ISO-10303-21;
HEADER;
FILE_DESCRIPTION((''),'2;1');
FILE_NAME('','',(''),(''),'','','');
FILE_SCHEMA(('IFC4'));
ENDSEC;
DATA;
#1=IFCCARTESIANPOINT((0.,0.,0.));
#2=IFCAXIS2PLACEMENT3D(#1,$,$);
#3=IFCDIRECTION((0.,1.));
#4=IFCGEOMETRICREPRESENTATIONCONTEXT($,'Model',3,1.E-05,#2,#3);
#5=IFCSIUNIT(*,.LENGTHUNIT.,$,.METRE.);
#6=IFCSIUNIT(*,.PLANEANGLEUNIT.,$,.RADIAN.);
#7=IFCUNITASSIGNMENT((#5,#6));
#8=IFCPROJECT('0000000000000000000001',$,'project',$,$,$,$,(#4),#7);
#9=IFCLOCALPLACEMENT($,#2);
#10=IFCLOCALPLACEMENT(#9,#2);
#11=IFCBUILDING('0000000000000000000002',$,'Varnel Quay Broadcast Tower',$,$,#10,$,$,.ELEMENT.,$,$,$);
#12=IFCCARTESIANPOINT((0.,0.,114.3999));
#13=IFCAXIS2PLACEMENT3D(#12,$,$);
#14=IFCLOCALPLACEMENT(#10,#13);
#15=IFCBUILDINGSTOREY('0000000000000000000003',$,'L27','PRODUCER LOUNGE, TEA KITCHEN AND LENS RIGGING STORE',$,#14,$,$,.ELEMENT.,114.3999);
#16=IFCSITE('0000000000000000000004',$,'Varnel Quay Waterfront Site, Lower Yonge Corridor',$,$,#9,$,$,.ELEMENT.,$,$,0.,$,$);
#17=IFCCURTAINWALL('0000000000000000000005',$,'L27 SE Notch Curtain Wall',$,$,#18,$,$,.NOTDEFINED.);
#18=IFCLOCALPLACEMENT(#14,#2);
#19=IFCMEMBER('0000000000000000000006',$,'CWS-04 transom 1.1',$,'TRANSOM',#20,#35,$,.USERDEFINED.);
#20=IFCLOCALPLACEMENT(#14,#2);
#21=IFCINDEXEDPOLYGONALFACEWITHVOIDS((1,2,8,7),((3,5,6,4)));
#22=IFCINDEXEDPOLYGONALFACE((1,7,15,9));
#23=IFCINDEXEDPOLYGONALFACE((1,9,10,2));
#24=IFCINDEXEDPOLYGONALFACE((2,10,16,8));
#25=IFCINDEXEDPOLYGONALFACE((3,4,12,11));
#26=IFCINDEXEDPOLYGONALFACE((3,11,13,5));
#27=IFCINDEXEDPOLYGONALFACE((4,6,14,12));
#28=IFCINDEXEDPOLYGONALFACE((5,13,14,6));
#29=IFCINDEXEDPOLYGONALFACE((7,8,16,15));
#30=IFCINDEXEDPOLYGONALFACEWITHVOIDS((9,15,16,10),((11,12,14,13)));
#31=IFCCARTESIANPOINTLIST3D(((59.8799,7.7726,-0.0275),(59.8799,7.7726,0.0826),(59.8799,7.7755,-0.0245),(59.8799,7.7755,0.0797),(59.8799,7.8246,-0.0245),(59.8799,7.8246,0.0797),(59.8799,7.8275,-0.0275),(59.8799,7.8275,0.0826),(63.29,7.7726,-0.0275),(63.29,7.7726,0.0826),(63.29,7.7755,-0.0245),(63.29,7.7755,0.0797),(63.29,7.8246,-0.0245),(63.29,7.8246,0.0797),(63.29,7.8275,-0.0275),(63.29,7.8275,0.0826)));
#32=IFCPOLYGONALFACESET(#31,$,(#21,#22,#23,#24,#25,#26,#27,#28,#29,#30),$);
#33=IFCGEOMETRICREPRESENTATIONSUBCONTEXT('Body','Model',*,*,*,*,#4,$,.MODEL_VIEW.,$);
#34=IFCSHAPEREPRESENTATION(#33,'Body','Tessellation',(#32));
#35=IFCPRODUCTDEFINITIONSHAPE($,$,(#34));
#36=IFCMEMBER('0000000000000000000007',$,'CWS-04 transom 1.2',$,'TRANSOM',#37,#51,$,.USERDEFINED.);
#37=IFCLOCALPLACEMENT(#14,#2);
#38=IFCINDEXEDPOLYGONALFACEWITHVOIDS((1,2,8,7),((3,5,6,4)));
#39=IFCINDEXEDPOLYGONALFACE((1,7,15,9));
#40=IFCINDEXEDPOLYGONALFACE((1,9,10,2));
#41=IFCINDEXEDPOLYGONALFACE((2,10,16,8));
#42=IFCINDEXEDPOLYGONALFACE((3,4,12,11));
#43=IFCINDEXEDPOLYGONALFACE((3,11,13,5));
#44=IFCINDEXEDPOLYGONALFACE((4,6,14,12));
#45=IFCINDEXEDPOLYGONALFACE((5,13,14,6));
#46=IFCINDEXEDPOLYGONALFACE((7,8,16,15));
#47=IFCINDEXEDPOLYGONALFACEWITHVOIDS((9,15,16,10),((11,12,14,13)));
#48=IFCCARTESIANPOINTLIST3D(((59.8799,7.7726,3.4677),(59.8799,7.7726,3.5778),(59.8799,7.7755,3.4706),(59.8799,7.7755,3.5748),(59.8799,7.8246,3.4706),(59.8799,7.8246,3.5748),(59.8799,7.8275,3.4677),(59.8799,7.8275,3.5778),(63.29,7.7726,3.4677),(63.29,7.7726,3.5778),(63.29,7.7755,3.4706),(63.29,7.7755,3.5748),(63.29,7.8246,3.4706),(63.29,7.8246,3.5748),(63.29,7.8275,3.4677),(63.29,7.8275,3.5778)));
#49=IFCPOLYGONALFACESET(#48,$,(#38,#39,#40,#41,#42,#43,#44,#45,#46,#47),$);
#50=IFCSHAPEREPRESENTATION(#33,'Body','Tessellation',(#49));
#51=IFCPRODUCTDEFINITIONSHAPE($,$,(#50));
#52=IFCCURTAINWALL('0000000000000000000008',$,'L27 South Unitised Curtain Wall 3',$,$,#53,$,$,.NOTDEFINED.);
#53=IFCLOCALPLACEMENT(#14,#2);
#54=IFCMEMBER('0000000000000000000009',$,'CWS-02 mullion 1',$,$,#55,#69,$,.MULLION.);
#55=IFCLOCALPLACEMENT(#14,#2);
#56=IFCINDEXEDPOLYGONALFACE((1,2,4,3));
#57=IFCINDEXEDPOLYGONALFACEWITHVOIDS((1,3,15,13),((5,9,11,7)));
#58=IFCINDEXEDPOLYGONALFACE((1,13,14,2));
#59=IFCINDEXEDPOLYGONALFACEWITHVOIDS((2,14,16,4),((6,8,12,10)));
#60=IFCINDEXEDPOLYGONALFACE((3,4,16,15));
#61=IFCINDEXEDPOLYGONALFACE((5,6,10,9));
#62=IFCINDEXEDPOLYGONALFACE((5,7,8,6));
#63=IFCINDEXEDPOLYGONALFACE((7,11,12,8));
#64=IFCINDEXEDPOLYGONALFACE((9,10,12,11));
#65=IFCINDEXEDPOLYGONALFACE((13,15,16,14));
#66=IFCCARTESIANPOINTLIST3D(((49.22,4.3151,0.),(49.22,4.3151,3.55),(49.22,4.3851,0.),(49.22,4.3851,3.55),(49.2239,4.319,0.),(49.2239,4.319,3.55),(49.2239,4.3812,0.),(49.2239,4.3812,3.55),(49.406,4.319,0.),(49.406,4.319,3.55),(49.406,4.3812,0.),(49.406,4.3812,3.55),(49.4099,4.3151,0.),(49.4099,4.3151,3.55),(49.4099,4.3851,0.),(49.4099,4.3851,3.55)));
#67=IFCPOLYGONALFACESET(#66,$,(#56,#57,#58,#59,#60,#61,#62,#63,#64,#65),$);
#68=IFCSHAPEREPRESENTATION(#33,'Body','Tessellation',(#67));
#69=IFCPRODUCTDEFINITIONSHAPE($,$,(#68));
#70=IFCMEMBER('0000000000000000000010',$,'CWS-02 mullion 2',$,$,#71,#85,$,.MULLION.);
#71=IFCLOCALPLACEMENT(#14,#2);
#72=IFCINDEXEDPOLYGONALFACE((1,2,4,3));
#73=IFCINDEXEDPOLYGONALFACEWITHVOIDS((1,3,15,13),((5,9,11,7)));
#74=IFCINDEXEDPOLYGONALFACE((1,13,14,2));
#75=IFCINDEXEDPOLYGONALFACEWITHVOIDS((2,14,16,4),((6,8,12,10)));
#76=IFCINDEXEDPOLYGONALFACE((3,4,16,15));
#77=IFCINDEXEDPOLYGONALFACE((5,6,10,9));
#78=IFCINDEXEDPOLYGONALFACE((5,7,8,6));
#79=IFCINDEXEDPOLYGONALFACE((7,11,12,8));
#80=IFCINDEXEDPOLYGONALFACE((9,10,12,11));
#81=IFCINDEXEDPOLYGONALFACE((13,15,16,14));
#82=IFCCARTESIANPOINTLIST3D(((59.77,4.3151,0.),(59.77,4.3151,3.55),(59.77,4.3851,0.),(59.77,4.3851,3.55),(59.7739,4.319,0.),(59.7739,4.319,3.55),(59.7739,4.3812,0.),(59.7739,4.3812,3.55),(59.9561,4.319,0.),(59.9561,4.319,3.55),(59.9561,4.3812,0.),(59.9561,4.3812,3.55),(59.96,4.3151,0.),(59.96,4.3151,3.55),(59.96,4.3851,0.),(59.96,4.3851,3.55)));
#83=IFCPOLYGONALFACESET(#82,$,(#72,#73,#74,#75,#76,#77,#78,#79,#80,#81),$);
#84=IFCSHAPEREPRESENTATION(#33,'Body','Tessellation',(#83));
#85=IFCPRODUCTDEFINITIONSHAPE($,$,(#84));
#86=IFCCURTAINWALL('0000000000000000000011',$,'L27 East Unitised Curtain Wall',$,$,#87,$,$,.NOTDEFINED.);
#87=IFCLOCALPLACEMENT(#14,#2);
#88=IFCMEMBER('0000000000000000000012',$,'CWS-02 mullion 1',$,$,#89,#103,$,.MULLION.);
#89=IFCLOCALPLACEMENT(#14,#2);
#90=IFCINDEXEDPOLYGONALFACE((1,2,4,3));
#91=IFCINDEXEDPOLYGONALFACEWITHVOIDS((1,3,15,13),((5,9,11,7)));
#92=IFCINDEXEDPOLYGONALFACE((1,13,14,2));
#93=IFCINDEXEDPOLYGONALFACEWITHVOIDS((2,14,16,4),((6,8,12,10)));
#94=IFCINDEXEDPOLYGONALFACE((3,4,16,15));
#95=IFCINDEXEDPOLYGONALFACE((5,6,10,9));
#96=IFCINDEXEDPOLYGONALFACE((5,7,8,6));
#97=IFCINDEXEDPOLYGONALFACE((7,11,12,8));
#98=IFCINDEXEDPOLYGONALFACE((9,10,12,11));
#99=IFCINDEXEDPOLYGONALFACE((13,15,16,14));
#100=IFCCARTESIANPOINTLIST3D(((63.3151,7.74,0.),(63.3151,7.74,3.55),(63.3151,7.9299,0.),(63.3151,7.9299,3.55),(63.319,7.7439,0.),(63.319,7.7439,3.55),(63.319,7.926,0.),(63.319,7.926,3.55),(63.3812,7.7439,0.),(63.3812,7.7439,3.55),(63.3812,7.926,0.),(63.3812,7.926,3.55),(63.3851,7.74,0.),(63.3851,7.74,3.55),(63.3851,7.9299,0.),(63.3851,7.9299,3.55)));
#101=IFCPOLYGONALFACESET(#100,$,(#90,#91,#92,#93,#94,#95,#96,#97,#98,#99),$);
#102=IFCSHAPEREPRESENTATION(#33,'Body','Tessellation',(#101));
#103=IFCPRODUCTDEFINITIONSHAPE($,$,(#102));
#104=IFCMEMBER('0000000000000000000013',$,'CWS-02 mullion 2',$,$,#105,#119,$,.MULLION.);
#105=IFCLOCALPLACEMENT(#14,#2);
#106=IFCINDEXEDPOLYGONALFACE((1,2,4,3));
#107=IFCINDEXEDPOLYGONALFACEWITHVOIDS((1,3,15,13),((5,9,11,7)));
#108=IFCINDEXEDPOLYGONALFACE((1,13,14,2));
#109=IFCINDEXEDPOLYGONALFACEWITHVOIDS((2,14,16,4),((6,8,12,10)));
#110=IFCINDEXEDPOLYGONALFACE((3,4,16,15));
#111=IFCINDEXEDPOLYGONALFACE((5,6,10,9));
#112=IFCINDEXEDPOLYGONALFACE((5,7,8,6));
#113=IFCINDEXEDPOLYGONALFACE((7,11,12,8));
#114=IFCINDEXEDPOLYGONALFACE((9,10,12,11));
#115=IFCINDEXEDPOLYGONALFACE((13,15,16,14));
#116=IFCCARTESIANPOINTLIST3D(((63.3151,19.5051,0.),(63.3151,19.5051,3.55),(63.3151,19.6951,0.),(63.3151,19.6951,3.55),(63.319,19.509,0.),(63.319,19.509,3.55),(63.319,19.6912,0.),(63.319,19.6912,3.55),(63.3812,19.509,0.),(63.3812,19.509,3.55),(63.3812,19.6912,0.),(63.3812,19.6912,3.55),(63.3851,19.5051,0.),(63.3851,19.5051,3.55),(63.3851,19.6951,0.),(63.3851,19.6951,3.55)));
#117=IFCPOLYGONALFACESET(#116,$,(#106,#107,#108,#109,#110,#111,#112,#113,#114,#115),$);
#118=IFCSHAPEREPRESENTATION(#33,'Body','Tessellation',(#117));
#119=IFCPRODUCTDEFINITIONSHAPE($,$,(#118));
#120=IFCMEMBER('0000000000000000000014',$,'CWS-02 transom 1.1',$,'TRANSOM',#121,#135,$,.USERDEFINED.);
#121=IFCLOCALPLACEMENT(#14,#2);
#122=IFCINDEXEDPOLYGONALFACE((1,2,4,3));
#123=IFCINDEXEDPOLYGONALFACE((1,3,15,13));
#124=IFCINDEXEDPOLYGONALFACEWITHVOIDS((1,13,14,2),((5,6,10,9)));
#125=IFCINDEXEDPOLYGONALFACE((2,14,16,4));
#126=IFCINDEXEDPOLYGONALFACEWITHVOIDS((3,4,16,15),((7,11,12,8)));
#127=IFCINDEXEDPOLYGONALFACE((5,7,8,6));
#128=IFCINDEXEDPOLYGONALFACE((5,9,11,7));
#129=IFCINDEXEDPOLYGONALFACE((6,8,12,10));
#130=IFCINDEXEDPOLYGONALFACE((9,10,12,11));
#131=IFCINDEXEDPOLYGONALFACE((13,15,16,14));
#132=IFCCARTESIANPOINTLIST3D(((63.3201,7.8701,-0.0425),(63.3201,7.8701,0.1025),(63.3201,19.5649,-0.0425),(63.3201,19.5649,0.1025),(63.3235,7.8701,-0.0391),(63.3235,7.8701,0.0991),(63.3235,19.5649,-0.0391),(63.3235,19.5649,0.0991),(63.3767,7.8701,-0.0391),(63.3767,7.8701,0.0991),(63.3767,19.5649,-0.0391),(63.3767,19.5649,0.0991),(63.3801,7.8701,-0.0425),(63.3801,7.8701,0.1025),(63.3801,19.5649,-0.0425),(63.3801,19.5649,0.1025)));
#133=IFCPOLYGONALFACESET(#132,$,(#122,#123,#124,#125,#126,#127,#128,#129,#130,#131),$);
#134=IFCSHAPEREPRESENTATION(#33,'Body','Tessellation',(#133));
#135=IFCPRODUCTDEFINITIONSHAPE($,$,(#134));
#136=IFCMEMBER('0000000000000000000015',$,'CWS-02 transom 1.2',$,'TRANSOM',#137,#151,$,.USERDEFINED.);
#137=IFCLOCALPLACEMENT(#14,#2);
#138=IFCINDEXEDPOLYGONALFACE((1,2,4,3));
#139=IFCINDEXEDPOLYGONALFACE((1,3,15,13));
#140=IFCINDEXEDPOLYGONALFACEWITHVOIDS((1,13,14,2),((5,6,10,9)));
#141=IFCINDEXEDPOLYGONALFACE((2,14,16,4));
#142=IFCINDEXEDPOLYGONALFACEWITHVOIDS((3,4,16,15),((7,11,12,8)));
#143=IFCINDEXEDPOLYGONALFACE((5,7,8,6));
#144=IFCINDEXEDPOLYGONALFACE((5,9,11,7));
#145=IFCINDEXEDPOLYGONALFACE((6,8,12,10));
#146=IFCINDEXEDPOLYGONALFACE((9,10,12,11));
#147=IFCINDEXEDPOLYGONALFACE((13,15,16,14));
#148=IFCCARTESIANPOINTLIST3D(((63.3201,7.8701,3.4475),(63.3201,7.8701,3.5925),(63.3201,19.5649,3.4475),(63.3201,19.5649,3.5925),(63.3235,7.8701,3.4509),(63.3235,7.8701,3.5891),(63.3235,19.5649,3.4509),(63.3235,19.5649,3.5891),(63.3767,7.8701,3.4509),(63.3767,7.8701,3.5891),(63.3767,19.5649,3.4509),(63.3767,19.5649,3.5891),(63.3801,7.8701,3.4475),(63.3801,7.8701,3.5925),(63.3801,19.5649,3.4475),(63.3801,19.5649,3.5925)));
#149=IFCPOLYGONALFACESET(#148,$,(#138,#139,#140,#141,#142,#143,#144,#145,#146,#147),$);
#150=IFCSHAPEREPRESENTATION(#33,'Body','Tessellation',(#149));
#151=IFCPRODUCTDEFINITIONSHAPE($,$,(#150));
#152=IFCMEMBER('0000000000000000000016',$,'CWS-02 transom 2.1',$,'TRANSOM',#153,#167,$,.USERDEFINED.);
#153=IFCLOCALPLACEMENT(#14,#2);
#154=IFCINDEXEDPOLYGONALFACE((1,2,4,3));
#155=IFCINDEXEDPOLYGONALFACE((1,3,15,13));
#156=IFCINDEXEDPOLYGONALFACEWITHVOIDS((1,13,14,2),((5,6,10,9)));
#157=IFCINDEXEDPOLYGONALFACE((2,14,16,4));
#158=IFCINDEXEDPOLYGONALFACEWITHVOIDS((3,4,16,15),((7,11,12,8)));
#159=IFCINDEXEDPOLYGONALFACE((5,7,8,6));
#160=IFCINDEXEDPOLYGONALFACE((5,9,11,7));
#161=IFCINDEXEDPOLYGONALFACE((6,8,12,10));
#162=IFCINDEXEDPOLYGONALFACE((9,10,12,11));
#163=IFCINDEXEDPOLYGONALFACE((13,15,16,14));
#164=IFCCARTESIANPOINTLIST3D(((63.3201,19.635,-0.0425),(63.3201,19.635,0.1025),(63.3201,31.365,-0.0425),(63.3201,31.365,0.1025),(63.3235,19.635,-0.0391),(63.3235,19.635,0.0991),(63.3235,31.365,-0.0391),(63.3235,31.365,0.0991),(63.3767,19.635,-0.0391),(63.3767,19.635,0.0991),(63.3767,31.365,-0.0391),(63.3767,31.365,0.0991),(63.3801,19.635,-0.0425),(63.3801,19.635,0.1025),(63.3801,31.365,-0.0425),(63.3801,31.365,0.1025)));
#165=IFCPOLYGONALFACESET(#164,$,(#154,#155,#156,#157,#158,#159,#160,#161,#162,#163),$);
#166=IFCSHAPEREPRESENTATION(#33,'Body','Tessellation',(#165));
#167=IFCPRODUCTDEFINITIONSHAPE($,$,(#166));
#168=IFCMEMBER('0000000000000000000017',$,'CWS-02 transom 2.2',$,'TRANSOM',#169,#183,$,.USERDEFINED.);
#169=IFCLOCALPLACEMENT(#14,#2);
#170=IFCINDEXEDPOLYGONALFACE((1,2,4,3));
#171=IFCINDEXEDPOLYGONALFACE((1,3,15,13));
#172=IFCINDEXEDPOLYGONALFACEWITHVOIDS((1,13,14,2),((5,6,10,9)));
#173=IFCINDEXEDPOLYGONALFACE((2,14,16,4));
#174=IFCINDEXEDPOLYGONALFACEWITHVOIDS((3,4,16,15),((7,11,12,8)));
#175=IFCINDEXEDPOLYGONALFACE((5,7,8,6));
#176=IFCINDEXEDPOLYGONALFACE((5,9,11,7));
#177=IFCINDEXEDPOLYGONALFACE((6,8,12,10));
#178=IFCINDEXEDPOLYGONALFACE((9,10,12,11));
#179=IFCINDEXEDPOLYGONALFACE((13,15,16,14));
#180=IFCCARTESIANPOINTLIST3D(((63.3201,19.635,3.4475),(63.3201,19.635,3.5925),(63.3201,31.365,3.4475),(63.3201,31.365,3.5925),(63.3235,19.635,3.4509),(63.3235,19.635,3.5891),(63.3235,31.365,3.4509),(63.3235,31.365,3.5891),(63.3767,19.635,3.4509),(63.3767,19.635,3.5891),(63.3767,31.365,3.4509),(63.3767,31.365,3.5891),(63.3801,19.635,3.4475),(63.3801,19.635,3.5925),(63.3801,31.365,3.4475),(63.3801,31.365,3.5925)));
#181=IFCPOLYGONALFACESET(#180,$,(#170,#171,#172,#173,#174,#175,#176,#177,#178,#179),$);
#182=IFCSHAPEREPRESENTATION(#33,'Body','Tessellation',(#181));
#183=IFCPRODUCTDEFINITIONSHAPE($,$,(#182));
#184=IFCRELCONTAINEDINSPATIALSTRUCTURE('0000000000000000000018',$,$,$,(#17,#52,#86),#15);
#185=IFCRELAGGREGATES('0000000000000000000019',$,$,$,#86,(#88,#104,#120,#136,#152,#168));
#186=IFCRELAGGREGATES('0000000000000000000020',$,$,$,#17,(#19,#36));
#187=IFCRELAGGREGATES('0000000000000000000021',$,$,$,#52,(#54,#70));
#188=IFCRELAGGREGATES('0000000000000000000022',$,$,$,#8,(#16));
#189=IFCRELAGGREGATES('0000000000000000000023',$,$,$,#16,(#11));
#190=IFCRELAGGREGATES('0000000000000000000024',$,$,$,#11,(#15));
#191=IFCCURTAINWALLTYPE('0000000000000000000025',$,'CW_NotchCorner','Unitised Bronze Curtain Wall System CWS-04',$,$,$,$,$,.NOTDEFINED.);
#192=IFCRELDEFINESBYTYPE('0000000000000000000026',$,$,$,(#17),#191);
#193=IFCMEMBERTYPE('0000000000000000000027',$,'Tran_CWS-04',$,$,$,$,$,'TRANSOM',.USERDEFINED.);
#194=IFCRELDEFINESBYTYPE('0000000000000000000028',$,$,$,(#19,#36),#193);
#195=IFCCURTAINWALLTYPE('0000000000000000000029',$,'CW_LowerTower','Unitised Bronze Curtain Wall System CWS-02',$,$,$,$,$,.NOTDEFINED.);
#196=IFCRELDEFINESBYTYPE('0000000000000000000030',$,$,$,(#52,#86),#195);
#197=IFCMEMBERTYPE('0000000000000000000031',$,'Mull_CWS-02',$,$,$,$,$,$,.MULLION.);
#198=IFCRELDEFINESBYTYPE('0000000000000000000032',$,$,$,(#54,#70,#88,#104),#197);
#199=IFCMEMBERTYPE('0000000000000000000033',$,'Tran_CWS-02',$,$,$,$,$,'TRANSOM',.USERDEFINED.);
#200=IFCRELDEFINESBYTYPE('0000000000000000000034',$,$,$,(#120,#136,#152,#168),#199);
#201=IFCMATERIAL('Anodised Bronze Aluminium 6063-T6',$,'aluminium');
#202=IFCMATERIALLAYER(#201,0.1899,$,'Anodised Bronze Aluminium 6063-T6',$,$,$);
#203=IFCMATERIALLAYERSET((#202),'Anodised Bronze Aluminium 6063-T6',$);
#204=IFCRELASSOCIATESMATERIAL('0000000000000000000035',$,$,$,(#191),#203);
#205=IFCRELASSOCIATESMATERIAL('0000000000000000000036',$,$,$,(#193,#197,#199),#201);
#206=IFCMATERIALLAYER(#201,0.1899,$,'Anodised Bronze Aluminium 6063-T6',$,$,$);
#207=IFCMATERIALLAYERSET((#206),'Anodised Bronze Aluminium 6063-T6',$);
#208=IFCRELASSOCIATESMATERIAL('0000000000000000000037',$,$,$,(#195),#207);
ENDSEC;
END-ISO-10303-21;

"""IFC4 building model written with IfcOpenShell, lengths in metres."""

from ifc_helpers import new_model, si_unit, direction, frame, origin, origin_2d, place, context, subcontext, project, spatial, hollow_rectangle, extrude, source, transform, mapped, material, layer, layer_set, material_profile, profile_set, type_object, type_shapes, element, aggregate, save


model = new_model("IFC4")

# Units and contexts
model_context = context("Model", 3, precision=1e-05, world=origin(), true_north=direction((0.0, 1.0)))
body_context = subcontext(model_context, "Body", "Model", "MODEL_VIEW")
ifc_project = project(units=[si_unit("LENGTHUNIT", "METRE"), si_unit("PLANEANGLEUNIT", "RADIAN")], contexts=[model_context])

# Site, building, storey
site_placement = place(None, origin())
site = spatial("IfcSite", under=ifc_project, at=site_placement, Name="Varnel Quay Waterfront Site, Lower Yonge Corridor", CompositionType="ELEMENT", RefElevation=0.0)
building_placement = place(site_placement, origin())
building = spatial("IfcBuilding", under=site, at=building_placement, Name="Varnel Quay Broadcast Tower", CompositionType="ELEMENT")
storey_placement = place(building_placement, frame((0.0, 0.0, 114.3999)))
storey = spatial("IfcBuildingStorey", under=building, at=storey_placement, Name="L27", Description="PRODUCER LOUNGE, TEA KITCHEN AND LENS RIGGING STORE", CompositionType="ELEMENT", Elevation=114.3999)

# Curtain walls, members
ifc_material_1 = material(Name="Anodised Bronze Aluminium 6063-T6", Category="aluminium")
ifc_layer_1 = layer(ifc_material_1, 0.1899, Name="Anodised Bronze Aluminium 6063-T6")
ifc_layer_set_1 = layer_set([ifc_layer_1], Name="Anodised Bronze Aluminium 6063-T6")
curtain_wall_type_1 = type_object("IfcCurtainWallType", Name="CW_NotchCorner", Description="Unitised Bronze Curtain Wall System CWS-04", PredefinedType="NOTDEFINED", material=ifc_layer_set_1)
curtain_wall_1_placement = place(storey_placement, origin())
curtain_wall_1 = element("IfcCurtainWall", 1, at=curtain_wall_1_placement, inside=storey, type_object=curtain_wall_type_1, Name="L27 SE Notch Curtain Wall", PredefinedType="NOTDEFINED")
ifc_material_profile_1 = material_profile(ifc_material_1, hollow_rectangle(XDim=0.0549, YDim=0.1101, WallThickness=0.0029, at=origin_2d()), Name="ALU55X110X3")
ifc_profile_set_1 = profile_set([ifc_material_profile_1], Name="Anodised Bronze Aluminium 6063-T6")
member_type_1 = type_object("IfcMemberType", Name="Tran_CWS-04", ElementType="TRANSOM", PredefinedType="USERDEFINED", material=ifc_profile_set_1)
shared_shape_1 = source(origin(), body_context, "Body", "SweptSolid", [
    extrude(hollow_rectangle(XDim=0.0549, YDim=0.1101, WallThickness=0.0029, at=origin_2d()), origin(), (0.0, 0.0, 1.0), 3.4102),
])
type_shapes(member_type_1, [shared_shape_1])
member_1_placement = place(storey_placement, frame((59.8799, 7.8, 0.0276), z_axis=(1.0, 0.0, 0.0), x_axis=(0.0, 1.0, 0.0)))
member_1 = element("IfcMember", 2, at=member_1_placement, type_object=member_type_1, Name="CWS-04 transom 1.1", ObjectType="TRANSOM", PredefinedType="USERDEFINED", context=body_context, shape_type="MappedRepresentation", body=[
    mapped(shared_shape_1, transform((0.0, 0.0, 0.0), x_axis=(1.0, 0.0, 0.0), y_axis=(0.0, 1.0, 0.0), z_axis=(0.0, 0.0, 1.0), scale=1.0)),
])
member_2_placement = place(storey_placement, frame((59.8799, 7.8, 3.5227), z_axis=(1.0, 0.0, 0.0), x_axis=(0.0, 1.0, 0.0)))
member_2 = element("IfcMember", 3, at=member_2_placement, type_object=member_type_1, Name="CWS-04 transom 1.2", ObjectType="TRANSOM", PredefinedType="USERDEFINED", context=body_context, shape_type="MappedRepresentation", body=[
    mapped(shared_shape_1, transform((0.0, 0.0, 0.0), x_axis=(1.0, 0.0, 0.0), y_axis=(0.0, 1.0, 0.0), z_axis=(0.0, 0.0, 1.0), scale=1.0)),
])
ifc_layer_2 = layer(ifc_material_1, 0.1899, Name="Anodised Bronze Aluminium 6063-T6")
ifc_layer_set_2 = layer_set([ifc_layer_2], Name="Anodised Bronze Aluminium 6063-T6")
curtain_wall_type_2 = type_object("IfcCurtainWallType", Name="CW_LowerTower", Description="Unitised Bronze Curtain Wall System CWS-02", PredefinedType="NOTDEFINED", material=ifc_layer_set_2)
curtain_wall_2_placement = place(storey_placement, origin())
curtain_wall_2 = element("IfcCurtainWall", 4, at=curtain_wall_2_placement, inside=storey, type_object=curtain_wall_type_2, Name="L27 South Unitised Curtain Wall 3", PredefinedType="NOTDEFINED")
ifc_material_profile_2 = material_profile(ifc_material_1, hollow_rectangle(XDim=0.0701, YDim=0.1899, WallThickness=0.0039, at=origin_2d()), Name="ALU70X190X4")
ifc_profile_set_2 = profile_set([ifc_material_profile_2], Name="Anodised Bronze Aluminium 6063-T6")
member_type_2 = type_object("IfcMemberType", Name="Mull_CWS-02", PredefinedType="MULLION", material=ifc_profile_set_2)
shared_shape_2 = source(origin(), body_context, "Body", "SweptSolid", [
    extrude(hollow_rectangle(XDim=0.0701, YDim=0.1899, WallThickness=0.0039, at=origin_2d()), origin(), (0.0, 0.0, 1.0), 3.55),
])
type_shapes(member_type_2, [shared_shape_2])
member_3_placement = place(storey_placement, frame((49.3149, 4.3501, 0.0), z_axis=(0.0, 0.0, 1.0), x_axis=(0.0, 1.0, 0.0)))
member_3 = element("IfcMember", 5, at=member_3_placement, type_object=member_type_2, Name="CWS-02 mullion 1", PredefinedType="MULLION", context=body_context, shape_type="MappedRepresentation", body=[
    mapped(shared_shape_2, transform((0.0, 0.0, 0.0), x_axis=(1.0, 0.0, 0.0), y_axis=(0.0, 1.0, 0.0), z_axis=(0.0, 0.0, 1.0), scale=1.0)),
])
member_4_placement = place(storey_placement, frame((59.865, 4.3501, 0.0), z_axis=(0.0, 0.0, 1.0), x_axis=(0.0, 1.0, 0.0)))
member_4 = element("IfcMember", 6, at=member_4_placement, type_object=member_type_2, Name="CWS-02 mullion 2", PredefinedType="MULLION", context=body_context, shape_type="MappedRepresentation", body=[
    mapped(shared_shape_2, transform((0.0, 0.0, 0.0), x_axis=(1.0, 0.0, 0.0), y_axis=(0.0, 1.0, 0.0), z_axis=(0.0, 0.0, 1.0), scale=1.0)),
])
curtain_wall_3_placement = place(storey_placement, origin())
curtain_wall_3 = element("IfcCurtainWall", 7, at=curtain_wall_3_placement, inside=storey, type_object=curtain_wall_type_2, Name="L27 East Unitised Curtain Wall", PredefinedType="NOTDEFINED")
member_5_placement = place(storey_placement, frame((63.3501, 7.835, 0.0), z_axis=(0.0, 0.0, 1.0), x_axis=(-1.0, 0.0, 0.0)))
member_5 = element("IfcMember", 8, at=member_5_placement, type_object=member_type_2, Name="CWS-02 mullion 1", PredefinedType="MULLION", context=body_context, shape_type="MappedRepresentation", body=[
    mapped(shared_shape_2, transform((0.0, 0.0, 0.0), x_axis=(1.0, 0.0, 0.0), y_axis=(0.0, 1.0, 0.0), z_axis=(0.0, 0.0, 1.0), scale=1.0)),
])
member_6_placement = place(storey_placement, frame((63.3501, 19.6001, 0.0), z_axis=(0.0, 0.0, 1.0), x_axis=(-1.0, 0.0, 0.0)))
member_6 = element("IfcMember", 9, at=member_6_placement, type_object=member_type_2, Name="CWS-02 mullion 2", PredefinedType="MULLION", context=body_context, shape_type="MappedRepresentation", body=[
    mapped(shared_shape_2, transform((0.0, 0.0, 0.0), x_axis=(1.0, 0.0, 0.0), y_axis=(0.0, 1.0, 0.0), z_axis=(0.0, 0.0, 1.0), scale=1.0)),
])
ifc_material_profile_3 = material_profile(ifc_material_1, hollow_rectangle(XDim=0.0601, YDim=0.145, WallThickness=0.0034, at=origin_2d()), Name="ALU60X145X3.5")
ifc_profile_set_3 = profile_set([ifc_material_profile_3], Name="Anodised Bronze Aluminium 6063-T6")
member_type_3 = type_object("IfcMemberType", Name="Tran_CWS-02", ElementType="TRANSOM", PredefinedType="USERDEFINED", material=ifc_profile_set_3)
shared_shape_3 = source(origin(), body_context, "Body", "SweptSolid", [
    extrude(hollow_rectangle(XDim=0.0601, YDim=0.145, WallThickness=0.0034, at=origin_2d()), origin(), (0.0, 0.0, 1.0), 11.6948),
])
member_7_placement = place(storey_placement, frame((63.3501, 7.8701, 0.03), z_axis=(0.0, 1.0, 0.0), x_axis=(-1.0, 0.0, 0.0)))
member_7 = element("IfcMember", 10, at=member_7_placement, type_object=member_type_3, Name="CWS-02 transom 1.1", ObjectType="TRANSOM", PredefinedType="USERDEFINED", context=body_context, shape_type="MappedRepresentation", body=[
    mapped(shared_shape_3, transform((0.0, 0.0, 0.0), x_axis=(1.0, 0.0, 0.0), y_axis=(0.0, 1.0, 0.0), z_axis=(0.0, 0.0, 1.0), scale=1.0)),
])
member_8_placement = place(storey_placement, frame((63.3501, 7.8701, 3.52), z_axis=(0.0, 1.0, 0.0), x_axis=(-1.0, 0.0, 0.0)))
member_8 = element("IfcMember", 11, at=member_8_placement, type_object=member_type_3, Name="CWS-02 transom 1.2", ObjectType="TRANSOM", PredefinedType="USERDEFINED", context=body_context, shape_type="MappedRepresentation", body=[
    mapped(shared_shape_3, transform((0.0, 0.0, 0.0), x_axis=(1.0, 0.0, 0.0), y_axis=(0.0, 1.0, 0.0), z_axis=(0.0, 0.0, 1.0), scale=1.0)),
])
shared_shape_4 = source(origin(), body_context, "Body", "SweptSolid", [
    extrude(hollow_rectangle(XDim=0.0601, YDim=0.145, WallThickness=0.0034, at=origin_2d()), origin(), (0.0, 0.0, 1.0), 11.73),
])
member_9_placement = place(storey_placement, frame((63.3501, 19.635, 0.03), z_axis=(0.0, 1.0, 0.0), x_axis=(-1.0, 0.0, 0.0)))
member_9 = element("IfcMember", 12, at=member_9_placement, type_object=member_type_3, Name="CWS-02 transom 2.1", ObjectType="TRANSOM", PredefinedType="USERDEFINED", context=body_context, shape_type="MappedRepresentation", body=[
    mapped(shared_shape_4, transform((0.0, 0.0, 0.0), x_axis=(1.0, 0.0, 0.0), y_axis=(0.0, 1.0, 0.0), z_axis=(0.0, 0.0, 1.0), scale=1.0)),
])
member_10_placement = place(storey_placement, frame((63.3501, 19.635, 3.52), z_axis=(0.0, 1.0, 0.0), x_axis=(-1.0, 0.0, 0.0)))
member_10 = element("IfcMember", 13, at=member_10_placement, type_object=member_type_3, Name="CWS-02 transom 2.2", ObjectType="TRANSOM", PredefinedType="USERDEFINED", context=body_context, shape_type="MappedRepresentation", body=[
    mapped(shared_shape_4, transform((0.0, 0.0, 0.0), x_axis=(1.0, 0.0, 0.0), y_axis=(0.0, 1.0, 0.0), z_axis=(0.0, 0.0, 1.0), scale=1.0)),
])

aggregate(curtain_wall_3, [member_5, member_6, member_7, member_8, member_9, member_10])
aggregate(curtain_wall_1, [member_1, member_2])
aggregate(curtain_wall_2, [member_3, member_4])

save(model, "model.ifc")
